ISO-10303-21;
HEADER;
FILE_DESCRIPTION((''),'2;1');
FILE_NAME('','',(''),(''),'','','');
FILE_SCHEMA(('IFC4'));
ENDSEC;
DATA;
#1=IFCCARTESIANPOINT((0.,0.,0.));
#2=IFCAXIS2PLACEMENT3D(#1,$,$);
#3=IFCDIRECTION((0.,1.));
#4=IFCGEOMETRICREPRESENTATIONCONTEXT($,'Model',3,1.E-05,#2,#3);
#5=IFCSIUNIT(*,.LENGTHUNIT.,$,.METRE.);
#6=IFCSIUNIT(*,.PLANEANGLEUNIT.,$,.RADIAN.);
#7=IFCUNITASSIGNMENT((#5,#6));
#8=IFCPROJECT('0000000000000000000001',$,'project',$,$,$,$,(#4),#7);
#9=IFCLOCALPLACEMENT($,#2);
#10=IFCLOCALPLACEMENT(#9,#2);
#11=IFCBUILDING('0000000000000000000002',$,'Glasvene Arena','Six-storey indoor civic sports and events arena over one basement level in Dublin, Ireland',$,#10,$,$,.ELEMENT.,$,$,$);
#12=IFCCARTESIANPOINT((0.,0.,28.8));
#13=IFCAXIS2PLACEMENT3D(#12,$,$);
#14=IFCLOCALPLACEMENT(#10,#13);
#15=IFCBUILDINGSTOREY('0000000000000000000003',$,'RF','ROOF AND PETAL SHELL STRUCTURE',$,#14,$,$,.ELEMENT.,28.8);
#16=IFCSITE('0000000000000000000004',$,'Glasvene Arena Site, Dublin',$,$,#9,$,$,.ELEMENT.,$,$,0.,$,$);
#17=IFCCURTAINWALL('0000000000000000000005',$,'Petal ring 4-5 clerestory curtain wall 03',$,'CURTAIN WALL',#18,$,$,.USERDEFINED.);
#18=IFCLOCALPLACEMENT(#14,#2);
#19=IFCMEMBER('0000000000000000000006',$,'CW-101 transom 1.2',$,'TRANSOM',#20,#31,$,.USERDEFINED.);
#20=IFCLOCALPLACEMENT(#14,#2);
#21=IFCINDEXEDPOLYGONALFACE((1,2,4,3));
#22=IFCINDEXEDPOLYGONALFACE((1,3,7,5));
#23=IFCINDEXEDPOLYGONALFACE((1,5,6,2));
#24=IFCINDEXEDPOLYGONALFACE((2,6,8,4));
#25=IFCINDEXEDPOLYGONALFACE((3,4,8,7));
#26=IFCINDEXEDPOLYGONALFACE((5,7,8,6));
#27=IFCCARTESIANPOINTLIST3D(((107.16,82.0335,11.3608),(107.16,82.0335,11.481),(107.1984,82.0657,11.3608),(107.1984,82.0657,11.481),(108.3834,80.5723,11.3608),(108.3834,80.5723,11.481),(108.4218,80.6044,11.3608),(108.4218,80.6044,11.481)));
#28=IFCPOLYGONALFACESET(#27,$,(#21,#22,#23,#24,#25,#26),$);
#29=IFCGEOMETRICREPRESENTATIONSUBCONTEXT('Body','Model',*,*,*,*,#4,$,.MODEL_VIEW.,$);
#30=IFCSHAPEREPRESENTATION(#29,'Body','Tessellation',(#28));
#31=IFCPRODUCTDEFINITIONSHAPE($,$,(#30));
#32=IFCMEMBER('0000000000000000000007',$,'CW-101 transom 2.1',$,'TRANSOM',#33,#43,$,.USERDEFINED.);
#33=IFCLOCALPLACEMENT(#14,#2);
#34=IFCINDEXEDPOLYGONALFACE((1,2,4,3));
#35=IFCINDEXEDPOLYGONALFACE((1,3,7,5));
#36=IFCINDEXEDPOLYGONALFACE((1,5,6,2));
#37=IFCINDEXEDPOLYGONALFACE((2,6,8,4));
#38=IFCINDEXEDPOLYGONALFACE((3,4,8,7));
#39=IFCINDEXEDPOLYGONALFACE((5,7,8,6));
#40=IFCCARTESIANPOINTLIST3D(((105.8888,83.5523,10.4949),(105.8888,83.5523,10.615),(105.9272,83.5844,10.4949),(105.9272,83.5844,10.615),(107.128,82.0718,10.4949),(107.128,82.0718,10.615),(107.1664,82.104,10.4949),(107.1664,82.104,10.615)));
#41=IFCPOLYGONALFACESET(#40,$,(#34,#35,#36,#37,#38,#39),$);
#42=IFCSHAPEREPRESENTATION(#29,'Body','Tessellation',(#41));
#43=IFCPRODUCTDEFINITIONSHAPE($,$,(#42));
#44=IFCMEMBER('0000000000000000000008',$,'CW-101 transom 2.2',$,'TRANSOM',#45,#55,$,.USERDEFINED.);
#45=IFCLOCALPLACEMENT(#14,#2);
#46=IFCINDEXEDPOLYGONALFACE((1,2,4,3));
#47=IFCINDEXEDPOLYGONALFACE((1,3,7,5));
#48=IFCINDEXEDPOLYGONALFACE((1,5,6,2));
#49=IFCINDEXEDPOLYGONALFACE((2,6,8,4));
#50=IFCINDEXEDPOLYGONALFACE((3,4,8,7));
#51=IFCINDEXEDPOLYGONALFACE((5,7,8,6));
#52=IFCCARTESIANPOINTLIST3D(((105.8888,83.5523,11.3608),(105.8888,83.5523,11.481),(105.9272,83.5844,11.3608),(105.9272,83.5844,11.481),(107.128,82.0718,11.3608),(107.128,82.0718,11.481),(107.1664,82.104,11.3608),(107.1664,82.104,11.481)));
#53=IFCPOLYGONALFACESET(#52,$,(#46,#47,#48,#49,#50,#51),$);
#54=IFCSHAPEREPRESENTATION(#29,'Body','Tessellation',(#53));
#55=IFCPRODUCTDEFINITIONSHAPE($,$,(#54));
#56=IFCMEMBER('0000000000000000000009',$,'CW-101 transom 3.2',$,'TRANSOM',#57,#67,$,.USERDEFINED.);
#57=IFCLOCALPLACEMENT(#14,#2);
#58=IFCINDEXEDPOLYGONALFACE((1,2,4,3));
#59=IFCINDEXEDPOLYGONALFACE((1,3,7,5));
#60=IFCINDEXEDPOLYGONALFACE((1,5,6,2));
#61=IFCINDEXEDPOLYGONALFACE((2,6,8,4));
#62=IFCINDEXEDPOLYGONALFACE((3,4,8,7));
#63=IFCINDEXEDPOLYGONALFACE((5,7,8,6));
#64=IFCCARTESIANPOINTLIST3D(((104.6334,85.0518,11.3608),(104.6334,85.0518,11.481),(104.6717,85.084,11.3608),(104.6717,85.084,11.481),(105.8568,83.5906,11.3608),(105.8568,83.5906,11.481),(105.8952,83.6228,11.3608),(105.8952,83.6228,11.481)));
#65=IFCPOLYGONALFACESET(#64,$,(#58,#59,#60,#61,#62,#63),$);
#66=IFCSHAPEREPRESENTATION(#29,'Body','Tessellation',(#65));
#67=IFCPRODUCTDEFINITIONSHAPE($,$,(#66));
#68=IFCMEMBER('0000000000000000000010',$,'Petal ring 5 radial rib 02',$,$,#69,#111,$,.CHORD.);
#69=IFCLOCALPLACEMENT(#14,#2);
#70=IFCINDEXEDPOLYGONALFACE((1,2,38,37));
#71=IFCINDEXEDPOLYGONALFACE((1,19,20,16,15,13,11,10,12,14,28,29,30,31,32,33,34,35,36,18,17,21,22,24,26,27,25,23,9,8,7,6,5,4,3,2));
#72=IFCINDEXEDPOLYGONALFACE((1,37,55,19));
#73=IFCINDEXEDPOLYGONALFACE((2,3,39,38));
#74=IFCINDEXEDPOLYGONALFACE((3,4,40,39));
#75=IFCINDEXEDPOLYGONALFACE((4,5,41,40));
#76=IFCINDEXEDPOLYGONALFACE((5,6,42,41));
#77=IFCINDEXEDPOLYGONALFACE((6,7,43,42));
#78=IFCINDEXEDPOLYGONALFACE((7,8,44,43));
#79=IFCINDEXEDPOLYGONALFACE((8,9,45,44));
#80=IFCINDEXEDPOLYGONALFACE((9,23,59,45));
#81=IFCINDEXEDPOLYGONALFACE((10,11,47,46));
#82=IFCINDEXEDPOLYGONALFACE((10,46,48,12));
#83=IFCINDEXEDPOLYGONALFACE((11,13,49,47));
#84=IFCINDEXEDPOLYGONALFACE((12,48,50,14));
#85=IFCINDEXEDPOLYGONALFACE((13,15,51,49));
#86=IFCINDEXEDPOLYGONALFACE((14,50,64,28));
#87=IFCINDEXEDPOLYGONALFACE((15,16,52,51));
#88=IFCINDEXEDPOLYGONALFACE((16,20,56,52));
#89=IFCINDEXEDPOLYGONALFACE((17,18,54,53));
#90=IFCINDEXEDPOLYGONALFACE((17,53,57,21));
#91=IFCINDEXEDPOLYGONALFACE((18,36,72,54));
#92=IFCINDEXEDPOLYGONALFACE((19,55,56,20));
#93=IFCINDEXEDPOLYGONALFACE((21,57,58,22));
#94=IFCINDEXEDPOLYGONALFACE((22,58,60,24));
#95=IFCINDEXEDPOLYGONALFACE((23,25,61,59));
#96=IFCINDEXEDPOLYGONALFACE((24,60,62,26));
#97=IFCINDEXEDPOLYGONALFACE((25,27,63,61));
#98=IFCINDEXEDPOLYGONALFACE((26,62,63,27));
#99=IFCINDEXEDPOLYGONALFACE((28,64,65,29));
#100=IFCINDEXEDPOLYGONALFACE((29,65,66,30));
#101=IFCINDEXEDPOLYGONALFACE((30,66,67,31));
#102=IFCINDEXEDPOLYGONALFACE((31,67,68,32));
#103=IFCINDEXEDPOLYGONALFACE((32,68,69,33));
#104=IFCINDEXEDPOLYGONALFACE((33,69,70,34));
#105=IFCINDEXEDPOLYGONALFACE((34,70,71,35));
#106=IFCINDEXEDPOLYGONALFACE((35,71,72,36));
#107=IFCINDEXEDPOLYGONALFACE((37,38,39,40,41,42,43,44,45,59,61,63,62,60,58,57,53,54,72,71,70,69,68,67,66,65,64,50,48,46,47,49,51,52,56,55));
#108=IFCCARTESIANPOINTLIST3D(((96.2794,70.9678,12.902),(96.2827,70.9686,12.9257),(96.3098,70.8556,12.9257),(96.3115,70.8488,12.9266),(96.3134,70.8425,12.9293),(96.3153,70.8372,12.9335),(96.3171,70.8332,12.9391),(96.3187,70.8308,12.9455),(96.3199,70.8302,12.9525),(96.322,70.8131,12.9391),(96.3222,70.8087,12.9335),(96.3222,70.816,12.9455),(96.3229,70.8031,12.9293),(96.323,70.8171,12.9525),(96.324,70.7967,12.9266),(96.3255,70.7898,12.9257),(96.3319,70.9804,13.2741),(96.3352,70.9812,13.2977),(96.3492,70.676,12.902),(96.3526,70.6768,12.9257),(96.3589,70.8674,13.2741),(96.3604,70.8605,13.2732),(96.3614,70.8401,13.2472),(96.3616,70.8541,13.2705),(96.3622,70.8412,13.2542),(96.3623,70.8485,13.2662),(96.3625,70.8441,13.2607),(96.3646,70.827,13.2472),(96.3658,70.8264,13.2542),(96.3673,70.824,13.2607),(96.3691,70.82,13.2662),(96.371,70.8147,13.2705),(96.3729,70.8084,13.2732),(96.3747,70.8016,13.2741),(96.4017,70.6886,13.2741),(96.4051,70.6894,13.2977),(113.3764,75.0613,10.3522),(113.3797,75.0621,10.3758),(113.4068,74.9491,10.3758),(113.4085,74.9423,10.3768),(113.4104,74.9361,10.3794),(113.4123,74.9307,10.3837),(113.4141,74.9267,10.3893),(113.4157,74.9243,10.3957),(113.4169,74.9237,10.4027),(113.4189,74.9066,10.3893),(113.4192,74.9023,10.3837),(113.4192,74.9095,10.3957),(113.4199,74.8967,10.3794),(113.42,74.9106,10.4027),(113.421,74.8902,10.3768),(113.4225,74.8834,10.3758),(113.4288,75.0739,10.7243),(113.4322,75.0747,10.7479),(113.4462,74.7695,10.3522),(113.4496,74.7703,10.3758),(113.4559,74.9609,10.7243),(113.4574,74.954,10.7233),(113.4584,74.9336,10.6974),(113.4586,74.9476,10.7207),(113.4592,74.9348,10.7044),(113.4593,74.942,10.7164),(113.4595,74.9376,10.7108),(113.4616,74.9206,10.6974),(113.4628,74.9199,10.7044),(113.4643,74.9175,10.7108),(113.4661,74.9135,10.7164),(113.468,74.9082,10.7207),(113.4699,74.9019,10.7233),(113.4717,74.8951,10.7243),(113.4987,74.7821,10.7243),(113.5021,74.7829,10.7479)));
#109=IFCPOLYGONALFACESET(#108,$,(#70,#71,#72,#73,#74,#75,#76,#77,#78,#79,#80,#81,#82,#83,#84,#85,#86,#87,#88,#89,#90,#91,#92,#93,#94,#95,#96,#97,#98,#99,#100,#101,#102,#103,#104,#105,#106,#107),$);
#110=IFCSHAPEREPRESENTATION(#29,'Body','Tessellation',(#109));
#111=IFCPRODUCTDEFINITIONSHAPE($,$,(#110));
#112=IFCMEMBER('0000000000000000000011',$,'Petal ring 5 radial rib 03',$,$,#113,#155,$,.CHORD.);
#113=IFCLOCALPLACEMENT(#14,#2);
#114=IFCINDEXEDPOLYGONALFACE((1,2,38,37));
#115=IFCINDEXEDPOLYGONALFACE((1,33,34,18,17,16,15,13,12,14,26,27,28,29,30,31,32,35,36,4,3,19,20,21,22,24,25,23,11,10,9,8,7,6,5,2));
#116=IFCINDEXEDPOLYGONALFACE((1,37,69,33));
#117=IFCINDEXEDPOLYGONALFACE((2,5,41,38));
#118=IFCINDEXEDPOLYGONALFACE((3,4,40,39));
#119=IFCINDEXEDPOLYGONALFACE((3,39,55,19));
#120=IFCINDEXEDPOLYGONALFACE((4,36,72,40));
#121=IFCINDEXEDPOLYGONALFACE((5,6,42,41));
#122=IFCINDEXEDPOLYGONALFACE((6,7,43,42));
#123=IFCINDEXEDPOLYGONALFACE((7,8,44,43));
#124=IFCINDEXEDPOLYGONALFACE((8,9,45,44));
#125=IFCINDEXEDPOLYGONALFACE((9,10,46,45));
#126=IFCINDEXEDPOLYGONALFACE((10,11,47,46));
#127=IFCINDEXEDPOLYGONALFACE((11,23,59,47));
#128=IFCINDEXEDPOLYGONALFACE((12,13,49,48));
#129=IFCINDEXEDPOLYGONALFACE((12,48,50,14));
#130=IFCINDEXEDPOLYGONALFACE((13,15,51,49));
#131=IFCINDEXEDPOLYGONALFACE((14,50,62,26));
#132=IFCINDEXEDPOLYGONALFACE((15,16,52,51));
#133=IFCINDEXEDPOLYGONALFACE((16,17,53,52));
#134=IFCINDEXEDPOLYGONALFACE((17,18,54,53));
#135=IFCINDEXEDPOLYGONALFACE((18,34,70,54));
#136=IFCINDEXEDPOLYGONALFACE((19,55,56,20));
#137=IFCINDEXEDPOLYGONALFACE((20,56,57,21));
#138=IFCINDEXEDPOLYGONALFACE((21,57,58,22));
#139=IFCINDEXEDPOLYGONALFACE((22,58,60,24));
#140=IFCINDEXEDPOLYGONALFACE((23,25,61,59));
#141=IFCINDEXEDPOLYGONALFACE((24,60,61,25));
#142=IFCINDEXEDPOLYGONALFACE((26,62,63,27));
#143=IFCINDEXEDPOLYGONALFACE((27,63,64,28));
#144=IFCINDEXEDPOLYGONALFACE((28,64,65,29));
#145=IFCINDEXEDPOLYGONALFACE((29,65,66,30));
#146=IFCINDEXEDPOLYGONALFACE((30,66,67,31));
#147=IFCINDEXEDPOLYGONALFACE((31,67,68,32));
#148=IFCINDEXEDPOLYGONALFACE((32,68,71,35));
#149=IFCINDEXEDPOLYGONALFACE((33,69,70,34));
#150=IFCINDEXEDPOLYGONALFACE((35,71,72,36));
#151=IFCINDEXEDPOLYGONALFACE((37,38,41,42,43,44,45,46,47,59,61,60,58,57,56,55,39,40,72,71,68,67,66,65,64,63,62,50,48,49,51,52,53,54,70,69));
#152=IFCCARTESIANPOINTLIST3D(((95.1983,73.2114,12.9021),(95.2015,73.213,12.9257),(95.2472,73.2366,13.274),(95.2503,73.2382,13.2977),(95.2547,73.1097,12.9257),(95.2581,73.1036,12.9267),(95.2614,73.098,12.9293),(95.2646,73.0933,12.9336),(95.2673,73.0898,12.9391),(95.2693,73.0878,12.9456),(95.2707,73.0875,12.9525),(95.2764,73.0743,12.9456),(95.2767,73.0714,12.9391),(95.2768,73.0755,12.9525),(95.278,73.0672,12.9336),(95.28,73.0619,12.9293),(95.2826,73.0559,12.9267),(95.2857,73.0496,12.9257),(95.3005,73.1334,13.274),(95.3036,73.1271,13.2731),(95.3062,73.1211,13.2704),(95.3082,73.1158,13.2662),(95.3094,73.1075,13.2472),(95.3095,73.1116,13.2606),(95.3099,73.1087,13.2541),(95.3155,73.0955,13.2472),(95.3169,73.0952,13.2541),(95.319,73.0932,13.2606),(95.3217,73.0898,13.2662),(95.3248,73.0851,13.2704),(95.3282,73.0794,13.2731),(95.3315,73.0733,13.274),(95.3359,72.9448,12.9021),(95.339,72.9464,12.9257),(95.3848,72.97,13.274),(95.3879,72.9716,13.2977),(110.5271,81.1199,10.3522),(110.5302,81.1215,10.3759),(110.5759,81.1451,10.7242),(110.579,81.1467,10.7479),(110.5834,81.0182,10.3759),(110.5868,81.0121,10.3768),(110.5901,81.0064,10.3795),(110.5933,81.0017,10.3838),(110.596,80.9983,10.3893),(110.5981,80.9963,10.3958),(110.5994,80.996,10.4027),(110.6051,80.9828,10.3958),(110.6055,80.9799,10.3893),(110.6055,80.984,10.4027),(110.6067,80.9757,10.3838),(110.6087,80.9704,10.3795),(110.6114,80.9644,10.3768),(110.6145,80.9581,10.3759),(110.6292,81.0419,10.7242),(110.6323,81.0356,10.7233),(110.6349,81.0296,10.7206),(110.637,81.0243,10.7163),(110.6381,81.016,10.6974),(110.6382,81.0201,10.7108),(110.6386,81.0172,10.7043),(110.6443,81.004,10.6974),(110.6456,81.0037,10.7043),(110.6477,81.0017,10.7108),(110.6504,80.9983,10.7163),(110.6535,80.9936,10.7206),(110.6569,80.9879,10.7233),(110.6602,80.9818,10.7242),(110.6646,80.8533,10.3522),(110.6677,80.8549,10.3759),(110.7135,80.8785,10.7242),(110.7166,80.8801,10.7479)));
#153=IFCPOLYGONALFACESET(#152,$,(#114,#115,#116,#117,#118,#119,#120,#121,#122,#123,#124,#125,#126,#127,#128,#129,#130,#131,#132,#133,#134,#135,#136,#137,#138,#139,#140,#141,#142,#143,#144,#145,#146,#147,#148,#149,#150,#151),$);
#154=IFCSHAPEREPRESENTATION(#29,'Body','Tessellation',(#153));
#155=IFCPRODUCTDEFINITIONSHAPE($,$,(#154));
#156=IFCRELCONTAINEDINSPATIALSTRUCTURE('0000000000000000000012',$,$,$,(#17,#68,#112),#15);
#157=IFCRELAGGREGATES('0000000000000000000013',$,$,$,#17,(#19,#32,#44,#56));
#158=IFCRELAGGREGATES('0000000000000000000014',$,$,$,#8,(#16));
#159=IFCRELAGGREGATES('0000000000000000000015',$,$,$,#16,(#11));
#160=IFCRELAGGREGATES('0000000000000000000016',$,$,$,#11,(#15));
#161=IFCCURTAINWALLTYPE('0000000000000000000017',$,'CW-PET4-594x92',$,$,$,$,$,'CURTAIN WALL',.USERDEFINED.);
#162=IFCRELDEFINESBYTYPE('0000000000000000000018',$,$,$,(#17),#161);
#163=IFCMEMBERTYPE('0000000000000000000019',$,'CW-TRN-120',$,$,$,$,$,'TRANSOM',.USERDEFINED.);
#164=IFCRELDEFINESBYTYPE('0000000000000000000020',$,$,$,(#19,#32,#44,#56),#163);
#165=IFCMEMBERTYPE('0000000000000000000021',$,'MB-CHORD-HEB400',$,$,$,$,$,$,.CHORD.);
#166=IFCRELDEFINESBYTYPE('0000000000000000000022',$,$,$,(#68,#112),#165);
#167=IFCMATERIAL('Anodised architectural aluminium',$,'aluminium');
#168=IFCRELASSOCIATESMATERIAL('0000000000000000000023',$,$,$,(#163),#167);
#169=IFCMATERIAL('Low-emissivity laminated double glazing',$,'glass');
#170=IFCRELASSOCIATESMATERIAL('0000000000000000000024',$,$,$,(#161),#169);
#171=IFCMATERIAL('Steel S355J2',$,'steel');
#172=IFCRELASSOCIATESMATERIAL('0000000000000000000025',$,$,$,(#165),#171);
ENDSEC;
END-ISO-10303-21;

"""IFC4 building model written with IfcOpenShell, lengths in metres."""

from ifc_helpers import new_model, si_unit, direction, frame, origin, origin_2d, place, context, subcontext, project, spatial, rectangle, i_section, extrude, material, material_profile, profile_set, type_object, element, aggregate, save


model = new_model("IFC4")

# Units and contexts
model_context = context("Model", 3, precision=1e-05, world=origin(), true_north=direction((0.0, 1.0)))
body_context = subcontext(model_context, "Body", "Model", "MODEL_VIEW")
ifc_project = project(units=[si_unit("LENGTHUNIT", "METRE"), si_unit("PLANEANGLEUNIT", "RADIAN")], contexts=[model_context])

# Site, building, storey
site_placement = place(None, origin())
site = spatial("IfcSite", under=ifc_project, at=site_placement, Name="Glasvene Arena Site, Dublin", CompositionType="ELEMENT", RefElevation=0.0)
building_placement = place(site_placement, origin())
building = spatial("IfcBuilding", under=site, at=building_placement, Name="Glasvene Arena", Description="Six-storey indoor civic sports and events arena over one basement level in Dublin, Ireland", CompositionType="ELEMENT")
storey_placement = place(building_placement, frame((0.0, 0.0, 28.8)))
storey = spatial("IfcBuildingStorey", under=building, at=storey_placement, Name="RF", Description="ROOF AND PETAL SHELL STRUCTURE", CompositionType="ELEMENT", Elevation=28.8)

# Shared definitions
ifc_material_1 = material(Name="Low-emissivity laminated double glazing", Category="glass")
ifc_material_2 = material(Name="Anodised architectural aluminium", Category="aluminium")

# Shared definitions
ifc_material_profile_1 = material_profile(ifc_material_2, rectangle(XDim=0.05, YDim=0.1201, at=origin_2d()), Name="ALU TRANSOM 50x120")
ifc_profile_set_1 = profile_set([ifc_material_profile_1], Name="Anodised architectural aluminium")
member_type_1 = type_object("IfcMemberType", Name="CW-TRN-120", ElementType="TRANSOM", PredefinedType="USERDEFINED", material=ifc_profile_set_1)

# Curtain wall, members
curtain_wall_type_1 = type_object("IfcCurtainWallType", Name="CW-PET4-594x92", ElementType="CURTAIN WALL", PredefinedType="USERDEFINED", material=ifc_material_1)
curtain_wall_1_placement = place(storey_placement, frame((108.4346, 80.55, 0.0)))
curtain_wall_1 = element("IfcCurtainWall", 1, at=curtain_wall_1_placement, inside=storey, type_object=curtain_wall_type_1, Name="Petal ring 4-5 clerestory curtain wall 03", ObjectType="CURTAIN WALL", PredefinedType="USERDEFINED")
member_1_placement = place(storey_placement, frame((108.4026, 80.5884, 11.4209), z_axis=(-0.641959, 0.766739, 0.0), x_axis=(-0.766739, -0.641959, 0.0)))
member_1 = element("IfcMember", 2, at=member_1_placement, type_object=member_type_1, Name="CW-101 transom 1.2", ObjectType="TRANSOM", PredefinedType="USERDEFINED", context=body_context, shape_type="SweptSolid", body=[
    extrude(rectangle(XDim=0.05, YDim=0.1201, at=origin_2d()), origin(), (0.0, 0.0, 1.0), 1.9058),
])
member_2_placement = place(storey_placement, frame((107.1472, 82.0879, 10.5549), z_axis=(-0.641874, 0.76681, 0.0), x_axis=(-0.76681, -0.641874, 0.0)))
member_2 = element("IfcMember", 3, at=member_2_placement, type_object=member_type_1, Name="CW-101 transom 2.1", ObjectType="TRANSOM", PredefinedType="USERDEFINED", context=body_context, shape_type="SweptSolid", body=[
    extrude(rectangle(XDim=0.05, YDim=0.1201, at=origin_2d()), origin(), (0.0, 0.0, 1.0), 1.9307),
])
member_3_placement = place(storey_placement, frame((107.1472, 82.0879, 11.4209), z_axis=(-0.641874, 0.76681, 0.0), x_axis=(-0.76681, -0.641874, 0.0)))
member_3 = element("IfcMember", 4, at=member_3_placement, type_object=member_type_1, Name="CW-101 transom 2.2", ObjectType="TRANSOM", PredefinedType="USERDEFINED", context=body_context, shape_type="SweptSolid", body=[
    extrude(rectangle(XDim=0.05, YDim=0.1201, at=origin_2d()), origin(), (0.0, 0.0, 1.0), 1.9307),
])
member_4_placement = place(storey_placement, frame((105.876, 83.6067, 11.4209), z_axis=(-0.641959, 0.766739, 0.0), x_axis=(-0.766739, -0.641959, 0.0)))
member_4 = element("IfcMember", 5, at=member_4_placement, type_object=member_type_1, Name="CW-101 transom 3.2", ObjectType="TRANSOM", PredefinedType="USERDEFINED", context=body_context, shape_type="SweptSolid", body=[
    extrude(rectangle(XDim=0.05, YDim=0.1201, at=origin_2d()), origin(), (0.0, 0.0, 1.0), 1.9058),
])

# Members
ifc_material_3 = material(Name="Steel S355J2", Category="steel")
ifc_material_profile_2 = material_profile(ifc_material_3, i_section(OverallWidth=0.3, OverallDepth=0.3999, WebThickness=0.0134, FlangeThickness=0.0239, FilletRadius=0.0271, at=origin_2d()), Name="HEB 400")
ifc_profile_set_2 = profile_set([ifc_material_profile_2], Name="Steel S355J2")
member_type_2 = type_object("IfcMemberType", Name="MB-CHORD-HEB400", PredefinedType="CHORD", material=ifc_profile_set_2)
member_5_placement = place(storey_placement, frame((113.4392, 74.9221, 10.55), z_axis=(-0.962443, -0.230437, 0.143537), x_axis=(0.232848, -0.972513, 0.0)))
element("IfcMember", 6, at=member_5_placement, inside=storey, type_object=member_type_2, Name="Petal ring 5 radial rib 02", PredefinedType="CHORD", context=body_context, shape_type="SweptSolid", body=[
    extrude(i_section(OverallWidth=0.3, OverallDepth=0.3999, WebThickness=0.0134, FlangeThickness=0.0239, FilletRadius=0.0271, at=origin_2d()), origin(), (0.0, 0.0, 1.0), 17.7642),
])
member_6_placement = place(storey_placement, frame((110.6218, 81.0, 10.55), z_axis=(-0.87914, -0.453572, 0.146239), x_axis=(0.458501, -0.888694, 0.0)))
element("IfcMember", 7, at=member_6_placement, inside=storey, type_object=member_type_2, Name="Petal ring 5 radial rib 03", PredefinedType="CHORD", context=body_context, shape_type="SweptSolid", body=[
    extrude(i_section(OverallWidth=0.3, OverallDepth=0.3999, WebThickness=0.0134, FlangeThickness=0.0239, FilletRadius=0.0271, at=origin_2d()), origin(), (0.0, 0.0, 1.0), 17.436),
])

aggregate(curtain_wall_1, [member_1, member_2, member_3, member_4])

save(model, "model.ifc")
